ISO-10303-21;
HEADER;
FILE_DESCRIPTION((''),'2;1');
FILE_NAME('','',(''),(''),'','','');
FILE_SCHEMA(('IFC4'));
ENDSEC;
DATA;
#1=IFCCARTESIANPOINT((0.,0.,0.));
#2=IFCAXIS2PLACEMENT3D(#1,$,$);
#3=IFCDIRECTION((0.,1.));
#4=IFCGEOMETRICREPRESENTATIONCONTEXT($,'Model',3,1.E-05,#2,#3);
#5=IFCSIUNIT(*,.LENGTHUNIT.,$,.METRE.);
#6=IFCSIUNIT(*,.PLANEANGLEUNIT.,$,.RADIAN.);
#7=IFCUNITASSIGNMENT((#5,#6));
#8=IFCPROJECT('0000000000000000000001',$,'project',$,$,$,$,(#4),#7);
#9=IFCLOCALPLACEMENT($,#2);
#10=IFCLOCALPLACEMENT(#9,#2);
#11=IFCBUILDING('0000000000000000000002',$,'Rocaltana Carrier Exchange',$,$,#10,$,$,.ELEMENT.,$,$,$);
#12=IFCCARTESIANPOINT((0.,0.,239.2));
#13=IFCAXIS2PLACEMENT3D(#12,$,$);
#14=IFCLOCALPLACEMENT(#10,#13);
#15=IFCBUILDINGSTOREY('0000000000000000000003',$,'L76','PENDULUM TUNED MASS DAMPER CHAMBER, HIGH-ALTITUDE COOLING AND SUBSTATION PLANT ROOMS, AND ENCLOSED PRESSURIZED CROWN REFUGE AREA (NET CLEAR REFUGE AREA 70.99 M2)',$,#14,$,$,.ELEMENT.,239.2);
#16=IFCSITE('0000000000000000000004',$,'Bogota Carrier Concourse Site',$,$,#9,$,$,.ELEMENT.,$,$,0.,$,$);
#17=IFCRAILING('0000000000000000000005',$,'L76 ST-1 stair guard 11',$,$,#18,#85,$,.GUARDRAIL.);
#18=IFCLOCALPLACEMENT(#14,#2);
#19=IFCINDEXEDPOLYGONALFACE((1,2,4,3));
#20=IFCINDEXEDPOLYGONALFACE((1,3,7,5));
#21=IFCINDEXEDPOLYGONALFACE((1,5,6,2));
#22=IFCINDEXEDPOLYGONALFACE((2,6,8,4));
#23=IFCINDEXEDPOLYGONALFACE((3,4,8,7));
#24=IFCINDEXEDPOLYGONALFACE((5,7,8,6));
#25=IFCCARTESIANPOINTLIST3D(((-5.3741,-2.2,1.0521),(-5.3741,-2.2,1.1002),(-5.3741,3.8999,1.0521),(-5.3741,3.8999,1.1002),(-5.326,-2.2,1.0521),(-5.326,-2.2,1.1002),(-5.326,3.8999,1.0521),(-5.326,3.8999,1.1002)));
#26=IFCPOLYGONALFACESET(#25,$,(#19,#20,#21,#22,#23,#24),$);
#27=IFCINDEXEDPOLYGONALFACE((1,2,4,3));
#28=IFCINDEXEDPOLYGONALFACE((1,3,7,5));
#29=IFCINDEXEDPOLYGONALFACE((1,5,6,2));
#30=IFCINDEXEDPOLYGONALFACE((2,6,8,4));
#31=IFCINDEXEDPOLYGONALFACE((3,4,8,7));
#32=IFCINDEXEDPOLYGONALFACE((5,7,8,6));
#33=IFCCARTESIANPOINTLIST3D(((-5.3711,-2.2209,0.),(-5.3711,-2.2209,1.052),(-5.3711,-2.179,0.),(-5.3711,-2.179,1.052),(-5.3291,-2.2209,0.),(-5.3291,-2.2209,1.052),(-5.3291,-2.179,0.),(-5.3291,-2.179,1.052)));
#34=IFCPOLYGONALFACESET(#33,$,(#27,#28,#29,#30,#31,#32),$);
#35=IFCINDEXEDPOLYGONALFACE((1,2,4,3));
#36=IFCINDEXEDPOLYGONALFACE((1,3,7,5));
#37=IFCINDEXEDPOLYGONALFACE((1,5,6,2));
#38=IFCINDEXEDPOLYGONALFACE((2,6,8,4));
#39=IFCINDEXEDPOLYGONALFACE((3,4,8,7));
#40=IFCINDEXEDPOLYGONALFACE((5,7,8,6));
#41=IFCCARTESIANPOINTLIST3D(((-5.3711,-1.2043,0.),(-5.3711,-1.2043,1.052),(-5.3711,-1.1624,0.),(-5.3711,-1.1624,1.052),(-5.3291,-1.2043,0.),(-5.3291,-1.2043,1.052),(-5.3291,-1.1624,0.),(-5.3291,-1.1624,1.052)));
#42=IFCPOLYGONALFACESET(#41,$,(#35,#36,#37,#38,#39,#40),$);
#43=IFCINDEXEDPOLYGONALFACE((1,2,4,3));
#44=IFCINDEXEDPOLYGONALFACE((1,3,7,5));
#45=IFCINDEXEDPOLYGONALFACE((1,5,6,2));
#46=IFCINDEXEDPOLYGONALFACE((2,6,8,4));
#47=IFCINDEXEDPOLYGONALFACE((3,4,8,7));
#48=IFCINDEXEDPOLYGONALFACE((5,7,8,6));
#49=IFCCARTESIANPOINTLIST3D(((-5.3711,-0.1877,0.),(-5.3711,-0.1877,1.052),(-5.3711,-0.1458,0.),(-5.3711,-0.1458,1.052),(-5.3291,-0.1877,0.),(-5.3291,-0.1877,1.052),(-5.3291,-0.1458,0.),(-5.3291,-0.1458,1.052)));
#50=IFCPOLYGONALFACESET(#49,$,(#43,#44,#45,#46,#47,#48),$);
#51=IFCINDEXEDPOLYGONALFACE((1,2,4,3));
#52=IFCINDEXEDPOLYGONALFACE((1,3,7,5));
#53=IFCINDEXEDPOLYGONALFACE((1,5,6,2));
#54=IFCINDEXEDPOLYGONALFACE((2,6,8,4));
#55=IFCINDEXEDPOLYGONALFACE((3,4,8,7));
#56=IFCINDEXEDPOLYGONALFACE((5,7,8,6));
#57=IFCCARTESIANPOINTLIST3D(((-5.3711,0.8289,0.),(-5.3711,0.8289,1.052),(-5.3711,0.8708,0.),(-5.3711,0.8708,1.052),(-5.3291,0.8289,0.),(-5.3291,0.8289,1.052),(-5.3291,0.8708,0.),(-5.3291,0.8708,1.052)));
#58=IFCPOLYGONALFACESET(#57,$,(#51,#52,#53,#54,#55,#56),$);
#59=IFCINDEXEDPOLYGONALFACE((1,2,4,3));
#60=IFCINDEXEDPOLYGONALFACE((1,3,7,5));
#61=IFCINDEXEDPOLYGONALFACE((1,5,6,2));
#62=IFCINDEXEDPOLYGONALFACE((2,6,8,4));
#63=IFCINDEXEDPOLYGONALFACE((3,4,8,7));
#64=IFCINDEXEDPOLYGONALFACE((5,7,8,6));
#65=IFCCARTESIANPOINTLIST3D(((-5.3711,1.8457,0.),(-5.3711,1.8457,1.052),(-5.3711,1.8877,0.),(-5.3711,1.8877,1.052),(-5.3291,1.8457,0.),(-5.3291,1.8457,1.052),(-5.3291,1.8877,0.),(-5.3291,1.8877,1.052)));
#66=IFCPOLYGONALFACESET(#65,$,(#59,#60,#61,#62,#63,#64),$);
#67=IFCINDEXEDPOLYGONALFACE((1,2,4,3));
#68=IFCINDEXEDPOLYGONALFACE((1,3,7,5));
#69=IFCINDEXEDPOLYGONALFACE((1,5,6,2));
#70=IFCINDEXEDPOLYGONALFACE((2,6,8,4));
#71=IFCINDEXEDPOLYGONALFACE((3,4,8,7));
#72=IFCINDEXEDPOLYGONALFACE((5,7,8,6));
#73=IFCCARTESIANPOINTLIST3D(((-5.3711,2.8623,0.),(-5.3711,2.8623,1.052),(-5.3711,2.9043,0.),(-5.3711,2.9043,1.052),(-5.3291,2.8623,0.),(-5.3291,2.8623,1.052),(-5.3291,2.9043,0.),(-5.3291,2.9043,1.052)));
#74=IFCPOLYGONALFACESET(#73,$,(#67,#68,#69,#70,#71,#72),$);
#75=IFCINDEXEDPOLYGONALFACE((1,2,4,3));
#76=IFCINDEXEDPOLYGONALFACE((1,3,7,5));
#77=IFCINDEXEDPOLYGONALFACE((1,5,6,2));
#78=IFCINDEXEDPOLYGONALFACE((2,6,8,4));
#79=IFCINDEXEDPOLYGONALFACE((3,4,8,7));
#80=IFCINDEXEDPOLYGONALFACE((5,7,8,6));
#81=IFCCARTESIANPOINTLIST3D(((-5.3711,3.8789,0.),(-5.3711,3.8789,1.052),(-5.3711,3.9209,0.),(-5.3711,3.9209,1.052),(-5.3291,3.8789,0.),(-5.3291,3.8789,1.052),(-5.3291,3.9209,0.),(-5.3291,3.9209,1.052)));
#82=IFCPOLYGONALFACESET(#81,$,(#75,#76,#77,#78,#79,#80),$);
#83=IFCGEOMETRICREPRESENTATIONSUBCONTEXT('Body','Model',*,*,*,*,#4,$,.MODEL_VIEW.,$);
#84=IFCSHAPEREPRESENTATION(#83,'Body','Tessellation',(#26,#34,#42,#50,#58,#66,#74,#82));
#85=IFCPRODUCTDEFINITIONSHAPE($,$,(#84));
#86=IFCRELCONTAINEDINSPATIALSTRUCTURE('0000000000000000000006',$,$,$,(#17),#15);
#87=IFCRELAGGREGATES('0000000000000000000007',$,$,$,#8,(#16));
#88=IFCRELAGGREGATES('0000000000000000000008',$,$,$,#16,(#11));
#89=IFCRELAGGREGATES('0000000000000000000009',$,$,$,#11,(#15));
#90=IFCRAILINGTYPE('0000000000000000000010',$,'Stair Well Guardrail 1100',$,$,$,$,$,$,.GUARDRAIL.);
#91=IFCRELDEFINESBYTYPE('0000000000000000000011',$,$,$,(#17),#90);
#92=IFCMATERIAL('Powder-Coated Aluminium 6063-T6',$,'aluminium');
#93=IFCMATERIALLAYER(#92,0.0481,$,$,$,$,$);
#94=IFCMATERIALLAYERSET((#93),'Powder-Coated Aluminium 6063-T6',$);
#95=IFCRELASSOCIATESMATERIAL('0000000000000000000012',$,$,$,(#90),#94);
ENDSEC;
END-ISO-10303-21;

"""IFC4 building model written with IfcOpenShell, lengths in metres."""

from ifc_helpers import new_model, si_unit, direction, frame, origin, origin_2d, place, context, subcontext, project, spatial, rectangle, extrude, material, layer, layer_set, type_object, element, save


model = new_model("IFC4")

# Units and contexts
model_context = context("Model", 3, precision=1e-05, world=origin(), true_north=direction((0.0, 1.0)))
body_context = subcontext(model_context, "Body", "Model", "MODEL_VIEW")
ifc_project = project(units=[si_unit("LENGTHUNIT", "METRE"), si_unit("PLANEANGLEUNIT", "RADIAN")], contexts=[model_context])

# Site, building, storey
site_placement = place(None, origin())
site = spatial("IfcSite", under=ifc_project, at=site_placement, Name="Bogota Carrier Concourse Site", CompositionType="ELEMENT", RefElevation=0.0)
building_placement = place(site_placement, origin())
building = spatial("IfcBuilding", under=site, at=building_placement, Name="Rocaltana Carrier Exchange", CompositionType="ELEMENT")
storey_placement = place(building_placement, frame((0.0, 0.0, 239.2)))
storey = spatial("IfcBuildingStorey", under=building, at=storey_placement, Name="L76", Description="PENDULUM TUNED MASS DAMPER CHAMBER, HIGH-ALTITUDE COOLING AND SUBSTATION PLANT ROOMS, AND ENCLOSED PRESSURIZED CROWN REFUGE AREA (NET CLEAR REFUGE AREA 70.99 M2)", CompositionType="ELEMENT", Elevation=239.2)

# Railing
ifc_material_1 = material(Name="Powder-Coated Aluminium 6063-T6", Category="aluminium")
ifc_layer_1 = layer(ifc_material_1, 0.0481)
ifc_layer_set_1 = layer_set([ifc_layer_1], Name="Powder-Coated Aluminium 6063-T6")
railing_type_1 = type_object("IfcRailingType", Name="Stair Well Guardrail 1100", PredefinedType="GUARDRAIL", material=ifc_layer_set_1)
for number, where, name in (
    (1, (-5.3501, -2.2, 0.0), "L76 ST-1 stair guard 11"),
):
    element("IfcRailing", number, at=place(storey_placement, frame(where)), inside=storey, type_object=railing_type_1, Name=name, PredefinedType="GUARDRAIL", context=body_context, shape_type="SweptSolid", body=[
        extrude(rectangle(XDim=0.0481, YDim=0.0481, at=origin_2d()), frame((0.0, 0.0, 1.0762), z_axis=(0.0, 1.0, 0.0), x_axis=(-1.0, 0.0, 0.0)), (0.0, 0.0, 1.0), 6.0999),
        extrude(rectangle(XDim=0.042, YDim=0.042, at=origin_2d()), origin(), (0.0, 0.0, 1.0), 1.052),
        extrude(rectangle(XDim=0.042, YDim=0.042, at=origin_2d()), frame((0.0, 1.0166, 0.0)), (0.0, 0.0, 1.0), 1.052),
        extrude(rectangle(XDim=0.042, YDim=0.042, at=origin_2d()), frame((0.0, 2.0332, 0.0)), (0.0, 0.0, 1.0), 1.052),
        extrude(rectangle(XDim=0.042, YDim=0.042, at=origin_2d()), frame((0.0, 3.0498, 0.0)), (0.0, 0.0, 1.0), 1.052),
        extrude(rectangle(XDim=0.042, YDim=0.042, at=origin_2d()), frame((0.0, 4.0667, 0.0)), (0.0, 0.0, 1.0), 1.052),
        extrude(rectangle(XDim=0.042, YDim=0.042, at=origin_2d()), frame((0.0, 5.0833, 0.0)), (0.0, 0.0, 1.0), 1.052),
        extrude(rectangle(XDim=0.042, YDim=0.042, at=origin_2d()), frame((0.0, 6.0999, 0.0)), (0.0, 0.0, 1.0), 1.052),
    ])

save(model, "model.ifc")
